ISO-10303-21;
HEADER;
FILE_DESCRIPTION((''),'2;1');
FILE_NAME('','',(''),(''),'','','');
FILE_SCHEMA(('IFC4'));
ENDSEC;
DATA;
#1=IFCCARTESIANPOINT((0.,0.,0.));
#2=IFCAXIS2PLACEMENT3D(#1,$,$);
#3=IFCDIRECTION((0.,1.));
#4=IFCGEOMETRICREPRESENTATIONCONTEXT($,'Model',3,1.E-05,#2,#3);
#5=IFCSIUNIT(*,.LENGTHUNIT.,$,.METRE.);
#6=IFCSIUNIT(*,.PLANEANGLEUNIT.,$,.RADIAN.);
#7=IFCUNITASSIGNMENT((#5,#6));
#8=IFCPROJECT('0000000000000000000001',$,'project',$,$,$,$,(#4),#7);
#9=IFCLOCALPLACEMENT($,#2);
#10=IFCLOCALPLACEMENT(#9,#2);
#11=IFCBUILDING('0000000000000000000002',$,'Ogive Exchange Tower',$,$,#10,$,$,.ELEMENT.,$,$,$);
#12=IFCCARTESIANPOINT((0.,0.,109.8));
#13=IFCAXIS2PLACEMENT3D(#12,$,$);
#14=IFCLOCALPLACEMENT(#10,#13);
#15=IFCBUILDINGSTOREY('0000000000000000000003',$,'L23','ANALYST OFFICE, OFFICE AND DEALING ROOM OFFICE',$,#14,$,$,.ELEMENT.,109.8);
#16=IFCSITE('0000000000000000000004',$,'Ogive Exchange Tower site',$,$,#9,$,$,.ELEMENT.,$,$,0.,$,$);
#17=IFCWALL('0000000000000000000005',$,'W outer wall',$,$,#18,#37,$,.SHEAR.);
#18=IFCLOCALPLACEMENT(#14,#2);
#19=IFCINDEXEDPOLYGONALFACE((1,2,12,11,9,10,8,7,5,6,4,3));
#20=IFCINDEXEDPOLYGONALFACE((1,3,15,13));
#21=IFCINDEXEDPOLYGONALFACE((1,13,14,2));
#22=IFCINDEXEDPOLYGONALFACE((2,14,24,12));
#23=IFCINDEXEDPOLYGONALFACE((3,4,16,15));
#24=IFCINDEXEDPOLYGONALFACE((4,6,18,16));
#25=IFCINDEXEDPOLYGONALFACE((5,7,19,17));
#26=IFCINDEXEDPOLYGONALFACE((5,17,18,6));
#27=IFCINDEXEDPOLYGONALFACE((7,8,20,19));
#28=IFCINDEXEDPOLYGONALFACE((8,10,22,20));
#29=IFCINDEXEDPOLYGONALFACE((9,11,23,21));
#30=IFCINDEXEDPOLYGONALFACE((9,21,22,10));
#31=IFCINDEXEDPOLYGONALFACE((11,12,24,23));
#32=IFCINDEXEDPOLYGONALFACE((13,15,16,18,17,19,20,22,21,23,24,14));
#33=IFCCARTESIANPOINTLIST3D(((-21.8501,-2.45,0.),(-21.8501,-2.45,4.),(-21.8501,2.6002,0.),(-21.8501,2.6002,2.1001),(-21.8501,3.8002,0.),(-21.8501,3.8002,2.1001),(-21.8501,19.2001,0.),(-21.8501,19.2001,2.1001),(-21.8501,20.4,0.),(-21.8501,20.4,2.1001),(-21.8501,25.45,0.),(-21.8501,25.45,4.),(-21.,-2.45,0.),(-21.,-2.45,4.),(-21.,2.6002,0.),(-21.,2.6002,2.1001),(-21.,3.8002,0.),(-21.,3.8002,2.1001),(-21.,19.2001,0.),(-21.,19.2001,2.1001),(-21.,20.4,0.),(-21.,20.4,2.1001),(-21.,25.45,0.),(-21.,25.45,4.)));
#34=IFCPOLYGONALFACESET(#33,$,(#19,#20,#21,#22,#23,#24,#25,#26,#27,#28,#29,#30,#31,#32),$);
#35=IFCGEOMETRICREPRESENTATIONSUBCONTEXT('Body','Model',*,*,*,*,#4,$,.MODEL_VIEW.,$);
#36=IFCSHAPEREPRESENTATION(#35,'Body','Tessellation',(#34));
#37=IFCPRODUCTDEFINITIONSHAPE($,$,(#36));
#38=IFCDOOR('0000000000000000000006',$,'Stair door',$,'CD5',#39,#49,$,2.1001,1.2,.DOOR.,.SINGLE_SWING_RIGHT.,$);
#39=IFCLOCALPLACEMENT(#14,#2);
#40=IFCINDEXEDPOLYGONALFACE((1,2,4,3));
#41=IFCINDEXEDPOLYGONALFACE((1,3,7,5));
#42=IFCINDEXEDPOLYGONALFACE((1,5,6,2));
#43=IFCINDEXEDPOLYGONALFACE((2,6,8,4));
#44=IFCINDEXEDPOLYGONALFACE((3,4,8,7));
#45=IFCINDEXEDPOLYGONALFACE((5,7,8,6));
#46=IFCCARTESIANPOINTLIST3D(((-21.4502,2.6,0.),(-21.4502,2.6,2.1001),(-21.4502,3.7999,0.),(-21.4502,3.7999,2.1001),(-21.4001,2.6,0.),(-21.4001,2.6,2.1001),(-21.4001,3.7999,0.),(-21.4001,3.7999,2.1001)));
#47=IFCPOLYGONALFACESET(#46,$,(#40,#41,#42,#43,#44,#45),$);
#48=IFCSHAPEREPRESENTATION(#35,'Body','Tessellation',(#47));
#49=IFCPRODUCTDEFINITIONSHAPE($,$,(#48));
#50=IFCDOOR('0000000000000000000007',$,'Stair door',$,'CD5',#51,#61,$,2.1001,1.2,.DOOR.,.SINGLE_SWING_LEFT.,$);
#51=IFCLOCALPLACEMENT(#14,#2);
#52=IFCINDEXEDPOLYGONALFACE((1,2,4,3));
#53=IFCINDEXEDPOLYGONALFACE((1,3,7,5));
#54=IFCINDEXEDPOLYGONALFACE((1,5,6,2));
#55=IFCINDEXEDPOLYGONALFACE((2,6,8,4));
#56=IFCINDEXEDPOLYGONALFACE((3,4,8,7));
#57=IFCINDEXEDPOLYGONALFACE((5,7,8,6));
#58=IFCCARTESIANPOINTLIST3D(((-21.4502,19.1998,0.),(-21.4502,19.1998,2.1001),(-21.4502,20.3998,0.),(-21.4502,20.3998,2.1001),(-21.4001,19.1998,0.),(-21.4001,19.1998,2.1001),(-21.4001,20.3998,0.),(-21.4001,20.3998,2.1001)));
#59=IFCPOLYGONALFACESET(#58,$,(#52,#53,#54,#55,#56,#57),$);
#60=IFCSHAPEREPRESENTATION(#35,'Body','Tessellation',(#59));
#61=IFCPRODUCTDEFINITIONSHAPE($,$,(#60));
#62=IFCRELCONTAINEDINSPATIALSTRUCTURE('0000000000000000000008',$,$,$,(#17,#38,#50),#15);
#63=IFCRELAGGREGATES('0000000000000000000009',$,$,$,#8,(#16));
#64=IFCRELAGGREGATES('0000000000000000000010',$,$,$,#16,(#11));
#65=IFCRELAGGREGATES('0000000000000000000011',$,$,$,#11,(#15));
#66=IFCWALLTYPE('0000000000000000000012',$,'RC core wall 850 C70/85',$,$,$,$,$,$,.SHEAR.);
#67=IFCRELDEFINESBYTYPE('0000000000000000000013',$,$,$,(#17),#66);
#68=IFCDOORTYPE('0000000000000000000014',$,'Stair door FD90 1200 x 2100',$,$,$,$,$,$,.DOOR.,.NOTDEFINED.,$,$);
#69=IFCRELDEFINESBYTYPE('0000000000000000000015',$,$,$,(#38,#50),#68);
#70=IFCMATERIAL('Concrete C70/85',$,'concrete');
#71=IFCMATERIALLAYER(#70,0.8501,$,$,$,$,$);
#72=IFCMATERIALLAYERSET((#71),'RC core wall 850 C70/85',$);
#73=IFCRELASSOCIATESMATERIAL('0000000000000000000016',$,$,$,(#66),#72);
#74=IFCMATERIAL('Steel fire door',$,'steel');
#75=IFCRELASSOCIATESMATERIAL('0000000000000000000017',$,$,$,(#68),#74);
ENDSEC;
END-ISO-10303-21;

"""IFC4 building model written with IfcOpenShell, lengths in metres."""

from ifc_helpers import new_model, si_unit, direction, frame, frame_2d, origin, place, context, subcontext, project, spatial, rectangle, extrude, material, layer, layer_set, type_object, element, fill, save


model = new_model("IFC4")

# Units and contexts
model_context = context("Model", 3, precision=1e-05, world=origin(), true_north=direction((0.0, 1.0)))
body_context = subcontext(model_context, "Body", "Model", "MODEL_VIEW")
ifc_project = project(units=[si_unit("LENGTHUNIT", "METRE"), si_unit("PLANEANGLEUNIT", "RADIAN")], contexts=[model_context])

# Site, building, storey
site_placement = place(None, origin())
site = spatial("IfcSite", under=ifc_project, at=site_placement, Name="Ogive Exchange Tower site", CompositionType="ELEMENT", RefElevation=0.0)
building_placement = place(site_placement, origin())
building = spatial("IfcBuilding", under=site, at=building_placement, Name="Ogive Exchange Tower", CompositionType="ELEMENT")
storey_placement = place(building_placement, frame((0.0, 0.0, 109.8)))
storey = spatial("IfcBuildingStorey", under=building, at=storey_placement, Name="L23", Description="ANALYST OFFICE, OFFICE AND DEALING ROOM OFFICE", CompositionType="ELEMENT", Elevation=109.8)

# Shared definitions
ifc_material_1 = material(Name="Concrete C70/85", Category="concrete")

# Wall, openings, doors
ifc_layer_1 = layer(ifc_material_1, 0.8501)
ifc_layer_set_1 = layer_set([ifc_layer_1], Name="RC core wall 850 C70/85")
wall_type_1 = type_object("IfcWallType", Name="RC core wall 850 C70/85", PredefinedType="SHEAR", material=ifc_layer_set_1)
wall_1_placement = place(storey_placement, frame((-21.425, -2.45, 0.0), z_axis=(0.0, 0.0, 1.0), x_axis=(0.0, 1.0, 0.0)))
wall_1 = element("IfcWall", 1, at=wall_1_placement, inside=storey, type_object=wall_type_1, Name="W outer wall", PredefinedType="SHEAR", context=body_context, shape_type="SweptSolid", body=[
    extrude(rectangle(XDim=27.8999, YDim=0.8501, at=frame_2d((13.95, 0.0))), origin(), (0.0, 0.0, 1.0), 4.0),
])
opening_1_placement = place(wall_1_placement, frame((5.05, 0.0, 0.0)))
opening_1 = element("IfcOpeningElement", 2, at=opening_1_placement, cuts=wall_1, PredefinedType="OPENING", context=body_context, shape_type="SweptSolid", body=[
    extrude(rectangle(XDim=1.2, YDim=2.1001, at=frame_2d((0.6001, 1.05))), frame((0.0, 0.4351, 0.0), z_axis=(0.0, -1.0, 0.0), x_axis=(1.0, 0.0, 0.0)), (0.0, 0.0, 1.0), 0.8701),
])
opening_2_placement = place(wall_1_placement, frame((21.6499, 0.0, 0.0)))
opening_2 = element("IfcOpeningElement", 3, at=opening_2_placement, cuts=wall_1, PredefinedType="OPENING", context=body_context, shape_type="SweptSolid", body=[
    extrude(rectangle(XDim=1.2, YDim=2.1001, at=frame_2d((0.6001, 1.05))), frame((0.0, 0.4351, 0.0), z_axis=(0.0, -1.0, 0.0), x_axis=(1.0, 0.0, 0.0)), (0.0, 0.0, 1.0), 0.8701),
])
ifc_material_2 = material(Name="Steel fire door", Category="steel")
door_type_1 = type_object("IfcDoorType", Name="Stair door FD90 1200 x 2100", OperationType="NOTDEFINED", PredefinedType="DOOR", material=ifc_material_2)
door_1_placement = place(opening_1_placement, frame((1.2, 0.0, 0.0), z_axis=(0.0, 0.0, 1.0), x_axis=(-1.0, 0.0, 0.0)))
door_1 = element("IfcDoor", 4, at=door_1_placement, inside=storey, type_object=door_type_1, Name="Stair door", ObjectType="CD5", OperationType="SINGLE_SWING_RIGHT", OverallHeight=2.1001, OverallWidth=1.2, PredefinedType="DOOR", context=body_context, shape_type="SweptSolid", body=[
    extrude(rectangle(XDim=1.2, YDim=2.1001, at=frame_2d((0.6001, 1.05))), frame((0.0, 0.0249, 0.0), z_axis=(0.0, -1.0, 0.0), x_axis=(1.0, 0.0, 0.0)), (0.0, 0.0, 1.0), 0.05),
])
fill(opening_1, door_1)
door_2_placement = place(opening_2_placement, frame((1.2, 0.0, 0.0), z_axis=(0.0, 0.0, 1.0), x_axis=(-1.0, 0.0, 0.0)))
door_2 = element("IfcDoor", 5, at=door_2_placement, inside=storey, type_object=door_type_1, Name="Stair door", ObjectType="CD5", OperationType="SINGLE_SWING_LEFT", OverallHeight=2.1001, OverallWidth=1.2, PredefinedType="DOOR", context=body_context, shape_type="SweptSolid", body=[
    extrude(rectangle(XDim=1.2, YDim=2.1001, at=frame_2d((0.6001, 1.05))), frame((0.0, 0.0249, 0.0), z_axis=(0.0, -1.0, 0.0), x_axis=(1.0, 0.0, 0.0)), (0.0, 0.0, 1.0), 0.05),
])
fill(opening_2, door_2)

save(model, "model.ifc")
